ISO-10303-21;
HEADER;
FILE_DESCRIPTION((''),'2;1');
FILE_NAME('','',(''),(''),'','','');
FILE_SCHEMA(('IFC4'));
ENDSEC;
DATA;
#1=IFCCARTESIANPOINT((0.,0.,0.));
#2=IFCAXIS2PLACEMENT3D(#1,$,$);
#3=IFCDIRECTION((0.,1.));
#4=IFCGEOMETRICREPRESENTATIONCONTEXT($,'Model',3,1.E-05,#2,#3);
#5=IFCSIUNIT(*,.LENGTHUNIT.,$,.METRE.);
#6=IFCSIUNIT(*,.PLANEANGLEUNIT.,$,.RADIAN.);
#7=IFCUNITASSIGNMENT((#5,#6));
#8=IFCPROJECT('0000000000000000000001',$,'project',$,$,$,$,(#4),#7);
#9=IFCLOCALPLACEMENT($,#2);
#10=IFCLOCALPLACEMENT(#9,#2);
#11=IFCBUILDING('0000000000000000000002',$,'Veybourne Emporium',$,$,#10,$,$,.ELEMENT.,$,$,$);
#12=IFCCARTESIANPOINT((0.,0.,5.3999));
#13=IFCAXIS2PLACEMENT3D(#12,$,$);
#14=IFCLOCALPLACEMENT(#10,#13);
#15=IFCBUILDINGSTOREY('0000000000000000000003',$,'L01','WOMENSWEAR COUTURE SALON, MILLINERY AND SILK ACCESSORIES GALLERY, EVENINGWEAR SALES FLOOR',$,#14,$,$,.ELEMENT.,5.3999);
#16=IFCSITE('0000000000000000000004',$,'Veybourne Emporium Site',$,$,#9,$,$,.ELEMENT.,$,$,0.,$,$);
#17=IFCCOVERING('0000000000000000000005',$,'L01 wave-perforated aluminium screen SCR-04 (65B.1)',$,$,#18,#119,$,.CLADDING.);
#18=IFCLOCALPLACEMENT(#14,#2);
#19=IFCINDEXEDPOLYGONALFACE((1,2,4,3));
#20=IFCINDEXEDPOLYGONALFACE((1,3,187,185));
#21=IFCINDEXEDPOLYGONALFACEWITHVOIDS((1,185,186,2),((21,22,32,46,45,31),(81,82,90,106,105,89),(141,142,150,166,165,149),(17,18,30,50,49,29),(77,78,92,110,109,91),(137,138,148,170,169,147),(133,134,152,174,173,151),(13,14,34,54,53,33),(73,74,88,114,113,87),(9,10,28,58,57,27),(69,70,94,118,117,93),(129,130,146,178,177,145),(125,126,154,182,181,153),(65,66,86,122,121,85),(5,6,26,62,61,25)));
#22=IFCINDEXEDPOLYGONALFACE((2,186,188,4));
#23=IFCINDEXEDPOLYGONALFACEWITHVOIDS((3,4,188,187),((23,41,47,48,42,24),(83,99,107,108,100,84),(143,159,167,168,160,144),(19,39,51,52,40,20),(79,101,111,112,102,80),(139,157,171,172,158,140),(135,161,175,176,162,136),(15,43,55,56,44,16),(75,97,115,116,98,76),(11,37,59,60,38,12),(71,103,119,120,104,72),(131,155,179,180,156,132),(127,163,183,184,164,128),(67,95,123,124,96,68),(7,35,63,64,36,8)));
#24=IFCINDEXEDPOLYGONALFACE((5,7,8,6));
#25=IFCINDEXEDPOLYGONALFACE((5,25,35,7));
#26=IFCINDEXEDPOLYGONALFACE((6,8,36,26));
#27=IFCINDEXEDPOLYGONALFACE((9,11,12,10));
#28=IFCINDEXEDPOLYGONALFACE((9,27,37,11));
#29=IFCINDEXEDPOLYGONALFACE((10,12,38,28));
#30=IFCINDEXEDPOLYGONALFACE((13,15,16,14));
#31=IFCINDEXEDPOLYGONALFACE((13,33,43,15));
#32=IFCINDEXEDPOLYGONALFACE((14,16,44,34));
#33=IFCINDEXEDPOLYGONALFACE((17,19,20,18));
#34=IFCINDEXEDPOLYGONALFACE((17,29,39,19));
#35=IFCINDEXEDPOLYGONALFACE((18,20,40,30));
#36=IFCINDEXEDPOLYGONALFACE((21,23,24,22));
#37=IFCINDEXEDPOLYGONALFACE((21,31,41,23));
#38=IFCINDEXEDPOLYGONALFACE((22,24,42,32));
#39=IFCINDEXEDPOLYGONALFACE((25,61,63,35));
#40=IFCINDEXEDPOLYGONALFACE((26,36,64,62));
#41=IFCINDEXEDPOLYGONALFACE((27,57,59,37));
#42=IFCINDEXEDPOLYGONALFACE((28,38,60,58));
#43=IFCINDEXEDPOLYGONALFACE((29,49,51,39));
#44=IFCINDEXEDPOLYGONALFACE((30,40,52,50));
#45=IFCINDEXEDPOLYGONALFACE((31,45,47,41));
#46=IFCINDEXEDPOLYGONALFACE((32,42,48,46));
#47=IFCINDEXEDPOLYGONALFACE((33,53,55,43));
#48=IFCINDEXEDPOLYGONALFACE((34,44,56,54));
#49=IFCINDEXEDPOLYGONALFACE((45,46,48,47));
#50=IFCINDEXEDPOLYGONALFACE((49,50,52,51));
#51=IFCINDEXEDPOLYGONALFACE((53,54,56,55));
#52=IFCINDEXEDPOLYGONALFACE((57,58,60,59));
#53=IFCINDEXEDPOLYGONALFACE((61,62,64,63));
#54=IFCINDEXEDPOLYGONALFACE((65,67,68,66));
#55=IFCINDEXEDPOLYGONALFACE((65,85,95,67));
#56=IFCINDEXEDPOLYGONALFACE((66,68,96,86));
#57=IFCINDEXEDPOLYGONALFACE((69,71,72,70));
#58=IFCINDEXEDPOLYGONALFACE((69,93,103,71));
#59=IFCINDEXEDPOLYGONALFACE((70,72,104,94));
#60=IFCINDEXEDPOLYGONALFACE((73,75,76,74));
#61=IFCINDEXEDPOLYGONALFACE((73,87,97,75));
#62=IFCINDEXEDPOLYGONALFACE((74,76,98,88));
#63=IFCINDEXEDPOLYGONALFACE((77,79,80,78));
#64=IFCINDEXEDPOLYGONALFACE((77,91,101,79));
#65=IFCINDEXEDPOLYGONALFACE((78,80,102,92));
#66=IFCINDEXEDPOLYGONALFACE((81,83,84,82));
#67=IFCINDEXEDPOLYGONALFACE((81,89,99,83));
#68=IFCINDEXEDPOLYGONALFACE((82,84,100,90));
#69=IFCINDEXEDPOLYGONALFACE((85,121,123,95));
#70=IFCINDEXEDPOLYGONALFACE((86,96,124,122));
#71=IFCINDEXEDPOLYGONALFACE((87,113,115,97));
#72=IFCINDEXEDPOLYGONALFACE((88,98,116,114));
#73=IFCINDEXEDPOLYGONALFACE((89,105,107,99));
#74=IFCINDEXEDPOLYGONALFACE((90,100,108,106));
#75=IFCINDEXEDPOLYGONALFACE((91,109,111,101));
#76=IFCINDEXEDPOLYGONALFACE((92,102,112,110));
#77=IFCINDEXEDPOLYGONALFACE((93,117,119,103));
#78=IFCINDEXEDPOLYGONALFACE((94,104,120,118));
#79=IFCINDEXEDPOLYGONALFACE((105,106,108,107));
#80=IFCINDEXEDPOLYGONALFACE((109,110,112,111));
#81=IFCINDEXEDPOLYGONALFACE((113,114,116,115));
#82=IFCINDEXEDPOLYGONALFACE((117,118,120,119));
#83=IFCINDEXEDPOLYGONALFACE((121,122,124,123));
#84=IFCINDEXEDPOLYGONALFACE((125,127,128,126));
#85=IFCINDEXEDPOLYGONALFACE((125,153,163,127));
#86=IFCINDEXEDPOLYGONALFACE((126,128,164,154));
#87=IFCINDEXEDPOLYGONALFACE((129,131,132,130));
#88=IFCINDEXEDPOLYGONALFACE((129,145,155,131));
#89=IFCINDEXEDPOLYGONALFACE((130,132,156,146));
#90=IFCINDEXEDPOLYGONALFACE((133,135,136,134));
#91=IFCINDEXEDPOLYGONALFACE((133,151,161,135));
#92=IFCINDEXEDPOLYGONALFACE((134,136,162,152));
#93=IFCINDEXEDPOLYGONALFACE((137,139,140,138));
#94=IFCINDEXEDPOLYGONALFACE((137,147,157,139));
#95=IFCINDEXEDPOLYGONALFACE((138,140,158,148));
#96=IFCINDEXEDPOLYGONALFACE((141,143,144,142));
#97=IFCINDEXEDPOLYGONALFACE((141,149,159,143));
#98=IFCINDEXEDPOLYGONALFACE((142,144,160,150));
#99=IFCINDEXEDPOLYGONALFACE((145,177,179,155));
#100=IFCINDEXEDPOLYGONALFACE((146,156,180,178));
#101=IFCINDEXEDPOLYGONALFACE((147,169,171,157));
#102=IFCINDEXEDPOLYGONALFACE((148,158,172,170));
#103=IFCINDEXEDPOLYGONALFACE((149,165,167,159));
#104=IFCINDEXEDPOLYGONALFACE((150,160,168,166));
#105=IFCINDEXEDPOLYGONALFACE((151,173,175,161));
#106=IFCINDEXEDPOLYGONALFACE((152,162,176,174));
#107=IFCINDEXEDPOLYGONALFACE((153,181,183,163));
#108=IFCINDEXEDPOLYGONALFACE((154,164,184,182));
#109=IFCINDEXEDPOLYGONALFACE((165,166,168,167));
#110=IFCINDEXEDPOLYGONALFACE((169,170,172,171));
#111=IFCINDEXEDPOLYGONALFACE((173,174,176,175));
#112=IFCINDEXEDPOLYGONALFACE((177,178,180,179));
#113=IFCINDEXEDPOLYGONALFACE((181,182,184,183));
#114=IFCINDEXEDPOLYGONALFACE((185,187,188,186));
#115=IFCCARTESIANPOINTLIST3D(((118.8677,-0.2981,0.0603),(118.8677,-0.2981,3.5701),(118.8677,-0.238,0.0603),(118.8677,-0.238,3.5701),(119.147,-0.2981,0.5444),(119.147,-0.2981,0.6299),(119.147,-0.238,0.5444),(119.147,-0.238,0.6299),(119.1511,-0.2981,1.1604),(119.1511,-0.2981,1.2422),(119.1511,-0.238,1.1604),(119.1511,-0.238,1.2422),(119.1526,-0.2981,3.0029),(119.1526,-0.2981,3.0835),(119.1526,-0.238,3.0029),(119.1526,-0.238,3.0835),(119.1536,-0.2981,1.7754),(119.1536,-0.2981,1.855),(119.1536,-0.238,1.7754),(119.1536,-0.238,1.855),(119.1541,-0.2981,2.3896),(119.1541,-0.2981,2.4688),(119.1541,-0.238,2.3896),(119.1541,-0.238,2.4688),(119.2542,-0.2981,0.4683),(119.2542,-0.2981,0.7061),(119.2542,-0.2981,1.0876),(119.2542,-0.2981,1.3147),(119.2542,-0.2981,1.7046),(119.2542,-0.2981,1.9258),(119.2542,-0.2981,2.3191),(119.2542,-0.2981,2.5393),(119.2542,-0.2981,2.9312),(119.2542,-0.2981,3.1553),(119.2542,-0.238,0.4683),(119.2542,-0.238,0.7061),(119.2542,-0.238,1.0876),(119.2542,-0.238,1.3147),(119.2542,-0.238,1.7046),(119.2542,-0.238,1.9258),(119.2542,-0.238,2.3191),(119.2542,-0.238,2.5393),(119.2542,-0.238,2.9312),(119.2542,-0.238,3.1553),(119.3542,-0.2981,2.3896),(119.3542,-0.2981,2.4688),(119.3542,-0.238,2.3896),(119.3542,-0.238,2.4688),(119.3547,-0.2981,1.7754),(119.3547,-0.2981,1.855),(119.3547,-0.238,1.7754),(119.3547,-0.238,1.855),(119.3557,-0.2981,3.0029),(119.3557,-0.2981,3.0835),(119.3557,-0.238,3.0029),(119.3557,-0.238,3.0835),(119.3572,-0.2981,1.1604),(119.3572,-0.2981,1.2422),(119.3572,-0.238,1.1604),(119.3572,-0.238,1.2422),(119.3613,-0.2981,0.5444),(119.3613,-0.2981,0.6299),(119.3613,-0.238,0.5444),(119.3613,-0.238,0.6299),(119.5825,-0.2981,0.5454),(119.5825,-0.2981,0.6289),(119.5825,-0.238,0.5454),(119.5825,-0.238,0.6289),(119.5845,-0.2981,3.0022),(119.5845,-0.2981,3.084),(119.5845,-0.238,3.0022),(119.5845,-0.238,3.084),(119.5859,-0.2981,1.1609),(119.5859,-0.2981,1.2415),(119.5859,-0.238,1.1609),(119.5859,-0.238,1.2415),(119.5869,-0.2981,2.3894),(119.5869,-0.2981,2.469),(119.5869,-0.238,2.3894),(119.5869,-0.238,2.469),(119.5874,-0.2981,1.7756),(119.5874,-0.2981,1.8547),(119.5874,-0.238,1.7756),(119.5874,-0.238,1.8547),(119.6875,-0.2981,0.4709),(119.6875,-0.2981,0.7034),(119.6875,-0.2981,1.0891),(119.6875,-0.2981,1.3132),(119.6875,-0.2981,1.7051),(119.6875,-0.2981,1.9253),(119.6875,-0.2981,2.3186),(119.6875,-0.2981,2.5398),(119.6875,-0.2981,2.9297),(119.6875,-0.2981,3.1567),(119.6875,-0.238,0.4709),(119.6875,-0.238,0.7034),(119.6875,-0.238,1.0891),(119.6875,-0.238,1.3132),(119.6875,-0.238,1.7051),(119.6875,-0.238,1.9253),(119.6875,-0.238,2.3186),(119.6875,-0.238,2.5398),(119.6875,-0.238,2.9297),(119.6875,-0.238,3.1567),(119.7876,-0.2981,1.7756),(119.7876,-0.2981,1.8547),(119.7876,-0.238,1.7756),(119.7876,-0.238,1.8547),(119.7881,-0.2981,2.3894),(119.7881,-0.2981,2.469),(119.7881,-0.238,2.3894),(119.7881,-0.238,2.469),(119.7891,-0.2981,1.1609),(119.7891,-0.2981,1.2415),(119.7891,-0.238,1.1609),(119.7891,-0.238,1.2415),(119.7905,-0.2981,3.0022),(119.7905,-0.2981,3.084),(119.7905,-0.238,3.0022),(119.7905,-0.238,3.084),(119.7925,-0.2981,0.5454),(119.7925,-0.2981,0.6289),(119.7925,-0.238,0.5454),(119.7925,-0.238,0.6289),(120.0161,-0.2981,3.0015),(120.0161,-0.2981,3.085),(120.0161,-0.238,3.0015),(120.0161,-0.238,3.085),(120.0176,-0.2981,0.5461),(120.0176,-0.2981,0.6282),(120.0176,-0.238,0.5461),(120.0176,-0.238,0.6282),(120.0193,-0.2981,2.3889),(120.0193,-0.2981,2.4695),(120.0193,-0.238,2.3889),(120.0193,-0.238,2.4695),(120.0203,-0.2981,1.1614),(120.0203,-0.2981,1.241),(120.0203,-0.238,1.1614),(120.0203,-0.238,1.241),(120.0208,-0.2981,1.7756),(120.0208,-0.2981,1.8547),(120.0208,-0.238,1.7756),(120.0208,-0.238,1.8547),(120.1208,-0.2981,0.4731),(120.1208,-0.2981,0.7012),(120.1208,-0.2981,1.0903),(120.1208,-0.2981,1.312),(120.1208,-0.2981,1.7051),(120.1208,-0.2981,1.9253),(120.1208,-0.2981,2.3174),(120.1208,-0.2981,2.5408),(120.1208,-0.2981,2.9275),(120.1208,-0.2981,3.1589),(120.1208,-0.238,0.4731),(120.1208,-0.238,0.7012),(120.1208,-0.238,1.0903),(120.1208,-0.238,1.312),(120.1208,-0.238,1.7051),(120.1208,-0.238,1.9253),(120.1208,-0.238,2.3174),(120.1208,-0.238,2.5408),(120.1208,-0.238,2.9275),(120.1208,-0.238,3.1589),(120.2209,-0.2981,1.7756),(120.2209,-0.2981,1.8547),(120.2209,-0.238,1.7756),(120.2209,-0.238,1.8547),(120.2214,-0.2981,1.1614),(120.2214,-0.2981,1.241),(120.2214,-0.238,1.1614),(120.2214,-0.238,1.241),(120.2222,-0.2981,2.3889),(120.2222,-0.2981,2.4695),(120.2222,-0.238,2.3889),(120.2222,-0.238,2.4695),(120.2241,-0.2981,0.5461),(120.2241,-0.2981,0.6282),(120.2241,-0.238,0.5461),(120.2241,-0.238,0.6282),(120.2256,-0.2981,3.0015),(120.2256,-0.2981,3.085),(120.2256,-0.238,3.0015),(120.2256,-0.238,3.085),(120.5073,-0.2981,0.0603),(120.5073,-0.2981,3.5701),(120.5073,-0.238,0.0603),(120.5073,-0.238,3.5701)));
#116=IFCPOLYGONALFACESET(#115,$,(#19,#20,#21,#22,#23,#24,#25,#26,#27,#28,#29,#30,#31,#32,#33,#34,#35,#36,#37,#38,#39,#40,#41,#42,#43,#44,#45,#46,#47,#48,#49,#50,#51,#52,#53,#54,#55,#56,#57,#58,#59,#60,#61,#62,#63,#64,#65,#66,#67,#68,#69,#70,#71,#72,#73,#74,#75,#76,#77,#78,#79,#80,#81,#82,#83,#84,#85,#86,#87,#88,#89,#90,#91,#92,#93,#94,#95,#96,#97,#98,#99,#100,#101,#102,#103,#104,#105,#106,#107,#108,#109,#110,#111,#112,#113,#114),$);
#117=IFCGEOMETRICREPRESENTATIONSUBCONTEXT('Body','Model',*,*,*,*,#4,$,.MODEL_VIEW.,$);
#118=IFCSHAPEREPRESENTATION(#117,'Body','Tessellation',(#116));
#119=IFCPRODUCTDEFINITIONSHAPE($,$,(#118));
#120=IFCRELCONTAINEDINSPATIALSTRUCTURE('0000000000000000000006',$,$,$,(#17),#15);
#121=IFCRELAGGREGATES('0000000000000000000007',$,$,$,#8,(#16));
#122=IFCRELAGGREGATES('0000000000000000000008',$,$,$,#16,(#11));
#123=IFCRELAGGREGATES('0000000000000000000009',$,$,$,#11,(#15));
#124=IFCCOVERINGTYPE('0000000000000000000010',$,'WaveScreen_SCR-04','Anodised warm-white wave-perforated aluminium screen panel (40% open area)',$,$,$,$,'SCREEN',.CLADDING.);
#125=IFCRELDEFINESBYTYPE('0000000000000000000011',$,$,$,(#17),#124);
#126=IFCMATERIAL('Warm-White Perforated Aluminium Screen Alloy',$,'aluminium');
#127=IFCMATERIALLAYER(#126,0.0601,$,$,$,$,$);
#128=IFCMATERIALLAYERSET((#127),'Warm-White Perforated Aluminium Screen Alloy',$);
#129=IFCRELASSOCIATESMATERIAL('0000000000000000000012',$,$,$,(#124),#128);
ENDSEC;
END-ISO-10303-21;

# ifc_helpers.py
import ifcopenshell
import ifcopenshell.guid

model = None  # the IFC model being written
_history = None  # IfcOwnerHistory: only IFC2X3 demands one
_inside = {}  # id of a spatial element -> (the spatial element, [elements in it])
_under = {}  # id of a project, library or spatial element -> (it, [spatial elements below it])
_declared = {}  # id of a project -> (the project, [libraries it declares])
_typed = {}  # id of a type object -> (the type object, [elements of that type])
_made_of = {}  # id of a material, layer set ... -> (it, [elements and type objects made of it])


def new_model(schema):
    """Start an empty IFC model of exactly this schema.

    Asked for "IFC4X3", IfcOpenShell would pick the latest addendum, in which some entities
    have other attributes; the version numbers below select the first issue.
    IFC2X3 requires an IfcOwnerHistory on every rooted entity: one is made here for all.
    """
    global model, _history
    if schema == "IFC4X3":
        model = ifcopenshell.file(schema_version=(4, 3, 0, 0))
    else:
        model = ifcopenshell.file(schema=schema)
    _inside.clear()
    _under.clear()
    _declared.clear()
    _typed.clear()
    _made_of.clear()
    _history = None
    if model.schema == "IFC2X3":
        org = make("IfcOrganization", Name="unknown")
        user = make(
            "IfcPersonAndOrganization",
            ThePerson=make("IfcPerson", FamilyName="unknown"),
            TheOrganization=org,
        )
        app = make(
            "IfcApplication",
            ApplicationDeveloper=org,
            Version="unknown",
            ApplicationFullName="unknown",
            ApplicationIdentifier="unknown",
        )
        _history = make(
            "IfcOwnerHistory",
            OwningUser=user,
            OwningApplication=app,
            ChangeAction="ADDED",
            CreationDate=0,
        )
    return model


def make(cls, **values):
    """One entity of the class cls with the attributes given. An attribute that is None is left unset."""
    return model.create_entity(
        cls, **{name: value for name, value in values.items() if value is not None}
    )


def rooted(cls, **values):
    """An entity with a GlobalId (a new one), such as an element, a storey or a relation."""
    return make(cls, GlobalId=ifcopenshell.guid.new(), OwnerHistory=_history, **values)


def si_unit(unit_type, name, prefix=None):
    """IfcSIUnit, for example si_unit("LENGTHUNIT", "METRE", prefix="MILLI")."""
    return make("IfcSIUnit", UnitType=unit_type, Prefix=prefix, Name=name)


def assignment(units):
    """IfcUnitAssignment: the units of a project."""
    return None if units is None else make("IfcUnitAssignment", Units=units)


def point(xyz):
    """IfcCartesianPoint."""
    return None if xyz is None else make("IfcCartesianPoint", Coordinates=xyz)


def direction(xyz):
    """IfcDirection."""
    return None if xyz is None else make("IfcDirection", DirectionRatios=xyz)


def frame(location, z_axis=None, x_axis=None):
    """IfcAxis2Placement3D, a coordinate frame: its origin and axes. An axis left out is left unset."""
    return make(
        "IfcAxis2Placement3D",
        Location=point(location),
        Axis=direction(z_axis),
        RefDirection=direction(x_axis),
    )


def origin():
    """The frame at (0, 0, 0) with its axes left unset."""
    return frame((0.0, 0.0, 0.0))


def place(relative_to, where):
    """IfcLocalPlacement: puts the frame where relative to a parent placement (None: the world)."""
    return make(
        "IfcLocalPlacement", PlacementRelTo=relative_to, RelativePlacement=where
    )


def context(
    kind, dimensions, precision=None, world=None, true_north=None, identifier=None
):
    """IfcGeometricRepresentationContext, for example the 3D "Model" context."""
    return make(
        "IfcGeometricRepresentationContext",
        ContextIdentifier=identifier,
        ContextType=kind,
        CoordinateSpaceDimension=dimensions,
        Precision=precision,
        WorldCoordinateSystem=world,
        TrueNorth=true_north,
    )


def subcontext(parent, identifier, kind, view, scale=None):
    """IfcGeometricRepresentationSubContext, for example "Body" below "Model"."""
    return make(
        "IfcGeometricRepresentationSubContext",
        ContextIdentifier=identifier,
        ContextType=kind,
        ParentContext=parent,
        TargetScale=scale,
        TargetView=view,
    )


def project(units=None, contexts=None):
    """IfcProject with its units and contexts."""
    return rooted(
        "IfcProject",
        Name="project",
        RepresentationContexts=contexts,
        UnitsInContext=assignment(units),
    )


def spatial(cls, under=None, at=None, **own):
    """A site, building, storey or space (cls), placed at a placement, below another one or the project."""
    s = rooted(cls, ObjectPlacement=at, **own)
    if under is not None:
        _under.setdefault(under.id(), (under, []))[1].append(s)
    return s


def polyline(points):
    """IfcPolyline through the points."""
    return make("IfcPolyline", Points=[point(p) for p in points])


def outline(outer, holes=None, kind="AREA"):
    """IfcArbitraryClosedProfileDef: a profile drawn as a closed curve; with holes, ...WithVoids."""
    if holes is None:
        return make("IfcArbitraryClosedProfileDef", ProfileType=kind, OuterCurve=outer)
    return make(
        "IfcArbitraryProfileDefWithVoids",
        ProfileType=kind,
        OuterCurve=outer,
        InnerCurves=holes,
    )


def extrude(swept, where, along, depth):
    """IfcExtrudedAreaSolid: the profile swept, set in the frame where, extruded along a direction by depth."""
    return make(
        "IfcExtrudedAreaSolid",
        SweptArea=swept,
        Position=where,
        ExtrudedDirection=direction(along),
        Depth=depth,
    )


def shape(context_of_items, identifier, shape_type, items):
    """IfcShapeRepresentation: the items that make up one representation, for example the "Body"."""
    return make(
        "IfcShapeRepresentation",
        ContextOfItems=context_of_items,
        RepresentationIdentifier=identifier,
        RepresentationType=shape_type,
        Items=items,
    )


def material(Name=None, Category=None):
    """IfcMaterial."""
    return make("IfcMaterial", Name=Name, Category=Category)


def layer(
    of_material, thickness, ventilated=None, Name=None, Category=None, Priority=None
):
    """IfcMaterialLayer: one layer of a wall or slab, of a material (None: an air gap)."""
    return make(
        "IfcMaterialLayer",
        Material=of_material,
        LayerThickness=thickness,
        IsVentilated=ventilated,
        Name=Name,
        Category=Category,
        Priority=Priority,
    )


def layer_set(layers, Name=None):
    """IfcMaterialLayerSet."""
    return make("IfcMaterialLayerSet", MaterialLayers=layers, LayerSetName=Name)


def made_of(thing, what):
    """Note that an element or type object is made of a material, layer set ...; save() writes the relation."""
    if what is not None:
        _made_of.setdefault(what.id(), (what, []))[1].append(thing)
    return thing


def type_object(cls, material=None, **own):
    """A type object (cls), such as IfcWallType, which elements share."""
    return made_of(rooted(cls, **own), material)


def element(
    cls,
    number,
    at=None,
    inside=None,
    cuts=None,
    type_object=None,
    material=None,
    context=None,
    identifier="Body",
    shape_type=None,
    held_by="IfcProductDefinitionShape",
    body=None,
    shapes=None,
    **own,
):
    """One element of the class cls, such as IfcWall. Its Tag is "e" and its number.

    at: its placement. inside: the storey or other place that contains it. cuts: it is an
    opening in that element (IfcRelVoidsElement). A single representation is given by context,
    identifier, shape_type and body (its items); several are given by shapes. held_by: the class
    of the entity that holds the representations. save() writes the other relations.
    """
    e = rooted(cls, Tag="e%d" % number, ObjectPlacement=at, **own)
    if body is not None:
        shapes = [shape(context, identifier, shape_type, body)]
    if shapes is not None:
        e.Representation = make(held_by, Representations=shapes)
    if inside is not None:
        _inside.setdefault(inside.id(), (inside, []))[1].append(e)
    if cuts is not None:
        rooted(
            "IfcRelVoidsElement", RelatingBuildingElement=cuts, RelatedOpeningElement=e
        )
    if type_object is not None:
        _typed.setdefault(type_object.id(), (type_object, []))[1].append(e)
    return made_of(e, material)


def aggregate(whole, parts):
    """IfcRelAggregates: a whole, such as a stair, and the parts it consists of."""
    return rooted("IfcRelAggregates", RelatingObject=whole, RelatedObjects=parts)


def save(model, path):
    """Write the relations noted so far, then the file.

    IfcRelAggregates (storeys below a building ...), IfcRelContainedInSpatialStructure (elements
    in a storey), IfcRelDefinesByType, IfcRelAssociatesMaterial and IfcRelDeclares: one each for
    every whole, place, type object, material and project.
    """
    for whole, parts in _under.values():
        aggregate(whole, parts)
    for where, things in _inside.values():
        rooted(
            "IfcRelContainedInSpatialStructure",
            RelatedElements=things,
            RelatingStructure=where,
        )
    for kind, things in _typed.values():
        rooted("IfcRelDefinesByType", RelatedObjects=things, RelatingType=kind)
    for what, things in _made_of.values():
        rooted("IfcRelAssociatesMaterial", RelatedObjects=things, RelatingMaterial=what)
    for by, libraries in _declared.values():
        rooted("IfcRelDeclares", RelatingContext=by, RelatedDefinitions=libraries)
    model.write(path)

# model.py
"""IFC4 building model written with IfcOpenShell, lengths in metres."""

from ifc_helpers import new_model, si_unit, direction, frame, origin, place, context, subcontext, project, spatial, polyline, outline, extrude, material, layer, layer_set, type_object, element, save


model = new_model("IFC4")

# Units and contexts
model_context = context("Model", 3, precision=1e-05, world=origin(), true_north=direction((0.0, 1.0)))
body_context = subcontext(model_context, "Body", "Model", "MODEL_VIEW")
ifc_project = project(units=[si_unit("LENGTHUNIT", "METRE"), si_unit("PLANEANGLEUNIT", "RADIAN")], contexts=[model_context])

# Site, building, storey
site_placement = place(None, origin())
site = spatial("IfcSite", under=ifc_project, at=site_placement, Name="Veybourne Emporium Site", CompositionType="ELEMENT", RefElevation=0.0)
building_placement = place(site_placement, origin())
building = spatial("IfcBuilding", under=site, at=building_placement, Name="Veybourne Emporium", CompositionType="ELEMENT")
storey_placement = place(building_placement, frame((0.0, 0.0, 5.3999)))
storey = spatial("IfcBuildingStorey", under=building, at=storey_placement, Name="L01", Description="WOMENSWEAR COUTURE SALON, MILLINERY AND SILK ACCESSORIES GALLERY, EVENINGWEAR SALES FLOOR", CompositionType="ELEMENT", Elevation=5.3999)

# Covering
ifc_material_1 = material(Name="Warm-White Perforated Aluminium Screen Alloy", Category="aluminium")
ifc_layer_1 = layer(ifc_material_1, 0.0601)
ifc_layer_set_1 = layer_set([ifc_layer_1], Name="Warm-White Perforated Aluminium Screen Alloy")
covering_type = type_object("IfcCoveringType", Name="WaveScreen_SCR-04", Description="Anodised warm-white wave-perforated aluminium screen panel (40% open area)", ElementType="SCREEN", PredefinedType="CLADDING", material=ifc_layer_set_1)
covering_1_placement = place(storey_placement, frame((119.6875, -0.2981, 1.8152), z_axis=(0.0, 1.0, 0.0), x_axis=(-1.0, 0.0, 0.0)))
element("IfcCovering", 1, at=covering_1_placement, inside=storey, type_object=covering_type, Name="L01 wave-perforated aluminium screen SCR-04 (65B.1)", PredefinedType="CLADDING", context=body_context, shape_type="SweptSolid", body=[
    extrude(outline(polyline([(-0.8198, -1.7549), (0.8198, -1.7549), (0.8198, 1.7549), (-0.8198, 1.7549), (-0.8198, -1.7549)]), holes=[polyline([(-0.4333, -1.114), (-0.3301, -1.187), (-0.3301, -1.269), (-0.4333, -1.342), (-0.5366, -1.269), (-0.5366, -1.187), (-0.4333, -1.114)]), polyline([(-0.4333, -0.5032), (-0.3328, -0.5742), (-0.3328, -0.6538), (-0.4333, -0.7249), (-0.5339, -0.6538), (-0.5339, -0.5742), (-0.4333, -0.5032)]), polyline([(-0.4333, 0.1101), (-0.3333, 0.0396), (-0.3333, -0.0396), (-0.4333, -0.1101), (-0.5334, -0.0396), (-0.5334, 0.0396), (-0.4333, 0.1101)]), polyline([(-0.4333, 0.7256), (-0.3318, 0.6543), (-0.3318, 0.5737), (-0.4333, 0.5022), (-0.5347, 0.5737), (-0.5347, 0.6543), (-0.4333, 0.7256)]), polyline([(-0.4333, 1.3438), (-0.3286, 1.2698), (-0.3286, 1.1863), (-0.4333, 1.1123), (-0.5381, 1.1863), (-0.5381, 1.2698), (-0.4333, 1.3438)]), polyline([(0.0, -1.1118), (0.105, -1.1863), (0.105, -1.2698), (0.0, -1.3442), (-0.105, -1.2698), (-0.105, -1.1863), (0.0, -1.1118)]), polyline([(0.0, -0.502), (0.1016, -0.5737), (0.1016, -0.6543), (0.0, -0.7261), (-0.1016, -0.6543), (-0.1016, -0.5737), (0.0, -0.502)]), polyline([(0.0, 0.1101), (0.1001, 0.0396), (0.1001, -0.0396), (0.0, -0.1101), (-0.1001, -0.0396), (-0.1001, 0.0396), (0.0, 0.1101)]), polyline([(0.0, 0.7246), (0.1006, 0.6538), (0.1006, 0.5742), (0.0, 0.5034), (-0.1006, 0.5742), (-0.1006, 0.6538), (0.0, 0.7246)]), polyline([(0.0, 1.3416), (0.103, 1.2688), (0.103, 1.187), (0.0, 1.1145), (-0.103, 1.187), (-0.103, 1.2688), (0.0, 1.3416)]), polyline([(0.4333, -1.1091), (0.5405, -1.1853), (0.5405, -1.2708), (0.4333, -1.3469), (0.3262, -1.2708), (0.3262, -1.1853), (0.4333, -1.1091)]), polyline([(0.4333, -0.5005), (0.5364, -0.573), (0.5364, -0.6548), (0.4333, -0.7275), (0.3303, -0.6548), (0.3303, -0.573), (0.4333, -0.5005)]), polyline([(0.4333, 0.1106), (0.5339, 0.0398), (0.5339, -0.0398), (0.4333, -0.1106), (0.3328, -0.0398), (0.3328, 0.0398), (0.4333, 0.1106)]), polyline([(0.4333, 0.7241), (0.5334, 0.6536), (0.5334, 0.5745), (0.4333, 0.5039), (0.3333, 0.5745), (0.3333, 0.6536), (0.4333, 0.7241)]), polyline([(0.4333, 1.3401), (0.5349, 1.2683), (0.5349, 1.1877), (0.4333, 1.116), (0.3318, 1.1877), (0.3318, 1.2683), (0.4333, 1.3401)])]), origin(), (0.0, 0.0, 1.0), 0.0601),
])

save(model, "model.ifc")
